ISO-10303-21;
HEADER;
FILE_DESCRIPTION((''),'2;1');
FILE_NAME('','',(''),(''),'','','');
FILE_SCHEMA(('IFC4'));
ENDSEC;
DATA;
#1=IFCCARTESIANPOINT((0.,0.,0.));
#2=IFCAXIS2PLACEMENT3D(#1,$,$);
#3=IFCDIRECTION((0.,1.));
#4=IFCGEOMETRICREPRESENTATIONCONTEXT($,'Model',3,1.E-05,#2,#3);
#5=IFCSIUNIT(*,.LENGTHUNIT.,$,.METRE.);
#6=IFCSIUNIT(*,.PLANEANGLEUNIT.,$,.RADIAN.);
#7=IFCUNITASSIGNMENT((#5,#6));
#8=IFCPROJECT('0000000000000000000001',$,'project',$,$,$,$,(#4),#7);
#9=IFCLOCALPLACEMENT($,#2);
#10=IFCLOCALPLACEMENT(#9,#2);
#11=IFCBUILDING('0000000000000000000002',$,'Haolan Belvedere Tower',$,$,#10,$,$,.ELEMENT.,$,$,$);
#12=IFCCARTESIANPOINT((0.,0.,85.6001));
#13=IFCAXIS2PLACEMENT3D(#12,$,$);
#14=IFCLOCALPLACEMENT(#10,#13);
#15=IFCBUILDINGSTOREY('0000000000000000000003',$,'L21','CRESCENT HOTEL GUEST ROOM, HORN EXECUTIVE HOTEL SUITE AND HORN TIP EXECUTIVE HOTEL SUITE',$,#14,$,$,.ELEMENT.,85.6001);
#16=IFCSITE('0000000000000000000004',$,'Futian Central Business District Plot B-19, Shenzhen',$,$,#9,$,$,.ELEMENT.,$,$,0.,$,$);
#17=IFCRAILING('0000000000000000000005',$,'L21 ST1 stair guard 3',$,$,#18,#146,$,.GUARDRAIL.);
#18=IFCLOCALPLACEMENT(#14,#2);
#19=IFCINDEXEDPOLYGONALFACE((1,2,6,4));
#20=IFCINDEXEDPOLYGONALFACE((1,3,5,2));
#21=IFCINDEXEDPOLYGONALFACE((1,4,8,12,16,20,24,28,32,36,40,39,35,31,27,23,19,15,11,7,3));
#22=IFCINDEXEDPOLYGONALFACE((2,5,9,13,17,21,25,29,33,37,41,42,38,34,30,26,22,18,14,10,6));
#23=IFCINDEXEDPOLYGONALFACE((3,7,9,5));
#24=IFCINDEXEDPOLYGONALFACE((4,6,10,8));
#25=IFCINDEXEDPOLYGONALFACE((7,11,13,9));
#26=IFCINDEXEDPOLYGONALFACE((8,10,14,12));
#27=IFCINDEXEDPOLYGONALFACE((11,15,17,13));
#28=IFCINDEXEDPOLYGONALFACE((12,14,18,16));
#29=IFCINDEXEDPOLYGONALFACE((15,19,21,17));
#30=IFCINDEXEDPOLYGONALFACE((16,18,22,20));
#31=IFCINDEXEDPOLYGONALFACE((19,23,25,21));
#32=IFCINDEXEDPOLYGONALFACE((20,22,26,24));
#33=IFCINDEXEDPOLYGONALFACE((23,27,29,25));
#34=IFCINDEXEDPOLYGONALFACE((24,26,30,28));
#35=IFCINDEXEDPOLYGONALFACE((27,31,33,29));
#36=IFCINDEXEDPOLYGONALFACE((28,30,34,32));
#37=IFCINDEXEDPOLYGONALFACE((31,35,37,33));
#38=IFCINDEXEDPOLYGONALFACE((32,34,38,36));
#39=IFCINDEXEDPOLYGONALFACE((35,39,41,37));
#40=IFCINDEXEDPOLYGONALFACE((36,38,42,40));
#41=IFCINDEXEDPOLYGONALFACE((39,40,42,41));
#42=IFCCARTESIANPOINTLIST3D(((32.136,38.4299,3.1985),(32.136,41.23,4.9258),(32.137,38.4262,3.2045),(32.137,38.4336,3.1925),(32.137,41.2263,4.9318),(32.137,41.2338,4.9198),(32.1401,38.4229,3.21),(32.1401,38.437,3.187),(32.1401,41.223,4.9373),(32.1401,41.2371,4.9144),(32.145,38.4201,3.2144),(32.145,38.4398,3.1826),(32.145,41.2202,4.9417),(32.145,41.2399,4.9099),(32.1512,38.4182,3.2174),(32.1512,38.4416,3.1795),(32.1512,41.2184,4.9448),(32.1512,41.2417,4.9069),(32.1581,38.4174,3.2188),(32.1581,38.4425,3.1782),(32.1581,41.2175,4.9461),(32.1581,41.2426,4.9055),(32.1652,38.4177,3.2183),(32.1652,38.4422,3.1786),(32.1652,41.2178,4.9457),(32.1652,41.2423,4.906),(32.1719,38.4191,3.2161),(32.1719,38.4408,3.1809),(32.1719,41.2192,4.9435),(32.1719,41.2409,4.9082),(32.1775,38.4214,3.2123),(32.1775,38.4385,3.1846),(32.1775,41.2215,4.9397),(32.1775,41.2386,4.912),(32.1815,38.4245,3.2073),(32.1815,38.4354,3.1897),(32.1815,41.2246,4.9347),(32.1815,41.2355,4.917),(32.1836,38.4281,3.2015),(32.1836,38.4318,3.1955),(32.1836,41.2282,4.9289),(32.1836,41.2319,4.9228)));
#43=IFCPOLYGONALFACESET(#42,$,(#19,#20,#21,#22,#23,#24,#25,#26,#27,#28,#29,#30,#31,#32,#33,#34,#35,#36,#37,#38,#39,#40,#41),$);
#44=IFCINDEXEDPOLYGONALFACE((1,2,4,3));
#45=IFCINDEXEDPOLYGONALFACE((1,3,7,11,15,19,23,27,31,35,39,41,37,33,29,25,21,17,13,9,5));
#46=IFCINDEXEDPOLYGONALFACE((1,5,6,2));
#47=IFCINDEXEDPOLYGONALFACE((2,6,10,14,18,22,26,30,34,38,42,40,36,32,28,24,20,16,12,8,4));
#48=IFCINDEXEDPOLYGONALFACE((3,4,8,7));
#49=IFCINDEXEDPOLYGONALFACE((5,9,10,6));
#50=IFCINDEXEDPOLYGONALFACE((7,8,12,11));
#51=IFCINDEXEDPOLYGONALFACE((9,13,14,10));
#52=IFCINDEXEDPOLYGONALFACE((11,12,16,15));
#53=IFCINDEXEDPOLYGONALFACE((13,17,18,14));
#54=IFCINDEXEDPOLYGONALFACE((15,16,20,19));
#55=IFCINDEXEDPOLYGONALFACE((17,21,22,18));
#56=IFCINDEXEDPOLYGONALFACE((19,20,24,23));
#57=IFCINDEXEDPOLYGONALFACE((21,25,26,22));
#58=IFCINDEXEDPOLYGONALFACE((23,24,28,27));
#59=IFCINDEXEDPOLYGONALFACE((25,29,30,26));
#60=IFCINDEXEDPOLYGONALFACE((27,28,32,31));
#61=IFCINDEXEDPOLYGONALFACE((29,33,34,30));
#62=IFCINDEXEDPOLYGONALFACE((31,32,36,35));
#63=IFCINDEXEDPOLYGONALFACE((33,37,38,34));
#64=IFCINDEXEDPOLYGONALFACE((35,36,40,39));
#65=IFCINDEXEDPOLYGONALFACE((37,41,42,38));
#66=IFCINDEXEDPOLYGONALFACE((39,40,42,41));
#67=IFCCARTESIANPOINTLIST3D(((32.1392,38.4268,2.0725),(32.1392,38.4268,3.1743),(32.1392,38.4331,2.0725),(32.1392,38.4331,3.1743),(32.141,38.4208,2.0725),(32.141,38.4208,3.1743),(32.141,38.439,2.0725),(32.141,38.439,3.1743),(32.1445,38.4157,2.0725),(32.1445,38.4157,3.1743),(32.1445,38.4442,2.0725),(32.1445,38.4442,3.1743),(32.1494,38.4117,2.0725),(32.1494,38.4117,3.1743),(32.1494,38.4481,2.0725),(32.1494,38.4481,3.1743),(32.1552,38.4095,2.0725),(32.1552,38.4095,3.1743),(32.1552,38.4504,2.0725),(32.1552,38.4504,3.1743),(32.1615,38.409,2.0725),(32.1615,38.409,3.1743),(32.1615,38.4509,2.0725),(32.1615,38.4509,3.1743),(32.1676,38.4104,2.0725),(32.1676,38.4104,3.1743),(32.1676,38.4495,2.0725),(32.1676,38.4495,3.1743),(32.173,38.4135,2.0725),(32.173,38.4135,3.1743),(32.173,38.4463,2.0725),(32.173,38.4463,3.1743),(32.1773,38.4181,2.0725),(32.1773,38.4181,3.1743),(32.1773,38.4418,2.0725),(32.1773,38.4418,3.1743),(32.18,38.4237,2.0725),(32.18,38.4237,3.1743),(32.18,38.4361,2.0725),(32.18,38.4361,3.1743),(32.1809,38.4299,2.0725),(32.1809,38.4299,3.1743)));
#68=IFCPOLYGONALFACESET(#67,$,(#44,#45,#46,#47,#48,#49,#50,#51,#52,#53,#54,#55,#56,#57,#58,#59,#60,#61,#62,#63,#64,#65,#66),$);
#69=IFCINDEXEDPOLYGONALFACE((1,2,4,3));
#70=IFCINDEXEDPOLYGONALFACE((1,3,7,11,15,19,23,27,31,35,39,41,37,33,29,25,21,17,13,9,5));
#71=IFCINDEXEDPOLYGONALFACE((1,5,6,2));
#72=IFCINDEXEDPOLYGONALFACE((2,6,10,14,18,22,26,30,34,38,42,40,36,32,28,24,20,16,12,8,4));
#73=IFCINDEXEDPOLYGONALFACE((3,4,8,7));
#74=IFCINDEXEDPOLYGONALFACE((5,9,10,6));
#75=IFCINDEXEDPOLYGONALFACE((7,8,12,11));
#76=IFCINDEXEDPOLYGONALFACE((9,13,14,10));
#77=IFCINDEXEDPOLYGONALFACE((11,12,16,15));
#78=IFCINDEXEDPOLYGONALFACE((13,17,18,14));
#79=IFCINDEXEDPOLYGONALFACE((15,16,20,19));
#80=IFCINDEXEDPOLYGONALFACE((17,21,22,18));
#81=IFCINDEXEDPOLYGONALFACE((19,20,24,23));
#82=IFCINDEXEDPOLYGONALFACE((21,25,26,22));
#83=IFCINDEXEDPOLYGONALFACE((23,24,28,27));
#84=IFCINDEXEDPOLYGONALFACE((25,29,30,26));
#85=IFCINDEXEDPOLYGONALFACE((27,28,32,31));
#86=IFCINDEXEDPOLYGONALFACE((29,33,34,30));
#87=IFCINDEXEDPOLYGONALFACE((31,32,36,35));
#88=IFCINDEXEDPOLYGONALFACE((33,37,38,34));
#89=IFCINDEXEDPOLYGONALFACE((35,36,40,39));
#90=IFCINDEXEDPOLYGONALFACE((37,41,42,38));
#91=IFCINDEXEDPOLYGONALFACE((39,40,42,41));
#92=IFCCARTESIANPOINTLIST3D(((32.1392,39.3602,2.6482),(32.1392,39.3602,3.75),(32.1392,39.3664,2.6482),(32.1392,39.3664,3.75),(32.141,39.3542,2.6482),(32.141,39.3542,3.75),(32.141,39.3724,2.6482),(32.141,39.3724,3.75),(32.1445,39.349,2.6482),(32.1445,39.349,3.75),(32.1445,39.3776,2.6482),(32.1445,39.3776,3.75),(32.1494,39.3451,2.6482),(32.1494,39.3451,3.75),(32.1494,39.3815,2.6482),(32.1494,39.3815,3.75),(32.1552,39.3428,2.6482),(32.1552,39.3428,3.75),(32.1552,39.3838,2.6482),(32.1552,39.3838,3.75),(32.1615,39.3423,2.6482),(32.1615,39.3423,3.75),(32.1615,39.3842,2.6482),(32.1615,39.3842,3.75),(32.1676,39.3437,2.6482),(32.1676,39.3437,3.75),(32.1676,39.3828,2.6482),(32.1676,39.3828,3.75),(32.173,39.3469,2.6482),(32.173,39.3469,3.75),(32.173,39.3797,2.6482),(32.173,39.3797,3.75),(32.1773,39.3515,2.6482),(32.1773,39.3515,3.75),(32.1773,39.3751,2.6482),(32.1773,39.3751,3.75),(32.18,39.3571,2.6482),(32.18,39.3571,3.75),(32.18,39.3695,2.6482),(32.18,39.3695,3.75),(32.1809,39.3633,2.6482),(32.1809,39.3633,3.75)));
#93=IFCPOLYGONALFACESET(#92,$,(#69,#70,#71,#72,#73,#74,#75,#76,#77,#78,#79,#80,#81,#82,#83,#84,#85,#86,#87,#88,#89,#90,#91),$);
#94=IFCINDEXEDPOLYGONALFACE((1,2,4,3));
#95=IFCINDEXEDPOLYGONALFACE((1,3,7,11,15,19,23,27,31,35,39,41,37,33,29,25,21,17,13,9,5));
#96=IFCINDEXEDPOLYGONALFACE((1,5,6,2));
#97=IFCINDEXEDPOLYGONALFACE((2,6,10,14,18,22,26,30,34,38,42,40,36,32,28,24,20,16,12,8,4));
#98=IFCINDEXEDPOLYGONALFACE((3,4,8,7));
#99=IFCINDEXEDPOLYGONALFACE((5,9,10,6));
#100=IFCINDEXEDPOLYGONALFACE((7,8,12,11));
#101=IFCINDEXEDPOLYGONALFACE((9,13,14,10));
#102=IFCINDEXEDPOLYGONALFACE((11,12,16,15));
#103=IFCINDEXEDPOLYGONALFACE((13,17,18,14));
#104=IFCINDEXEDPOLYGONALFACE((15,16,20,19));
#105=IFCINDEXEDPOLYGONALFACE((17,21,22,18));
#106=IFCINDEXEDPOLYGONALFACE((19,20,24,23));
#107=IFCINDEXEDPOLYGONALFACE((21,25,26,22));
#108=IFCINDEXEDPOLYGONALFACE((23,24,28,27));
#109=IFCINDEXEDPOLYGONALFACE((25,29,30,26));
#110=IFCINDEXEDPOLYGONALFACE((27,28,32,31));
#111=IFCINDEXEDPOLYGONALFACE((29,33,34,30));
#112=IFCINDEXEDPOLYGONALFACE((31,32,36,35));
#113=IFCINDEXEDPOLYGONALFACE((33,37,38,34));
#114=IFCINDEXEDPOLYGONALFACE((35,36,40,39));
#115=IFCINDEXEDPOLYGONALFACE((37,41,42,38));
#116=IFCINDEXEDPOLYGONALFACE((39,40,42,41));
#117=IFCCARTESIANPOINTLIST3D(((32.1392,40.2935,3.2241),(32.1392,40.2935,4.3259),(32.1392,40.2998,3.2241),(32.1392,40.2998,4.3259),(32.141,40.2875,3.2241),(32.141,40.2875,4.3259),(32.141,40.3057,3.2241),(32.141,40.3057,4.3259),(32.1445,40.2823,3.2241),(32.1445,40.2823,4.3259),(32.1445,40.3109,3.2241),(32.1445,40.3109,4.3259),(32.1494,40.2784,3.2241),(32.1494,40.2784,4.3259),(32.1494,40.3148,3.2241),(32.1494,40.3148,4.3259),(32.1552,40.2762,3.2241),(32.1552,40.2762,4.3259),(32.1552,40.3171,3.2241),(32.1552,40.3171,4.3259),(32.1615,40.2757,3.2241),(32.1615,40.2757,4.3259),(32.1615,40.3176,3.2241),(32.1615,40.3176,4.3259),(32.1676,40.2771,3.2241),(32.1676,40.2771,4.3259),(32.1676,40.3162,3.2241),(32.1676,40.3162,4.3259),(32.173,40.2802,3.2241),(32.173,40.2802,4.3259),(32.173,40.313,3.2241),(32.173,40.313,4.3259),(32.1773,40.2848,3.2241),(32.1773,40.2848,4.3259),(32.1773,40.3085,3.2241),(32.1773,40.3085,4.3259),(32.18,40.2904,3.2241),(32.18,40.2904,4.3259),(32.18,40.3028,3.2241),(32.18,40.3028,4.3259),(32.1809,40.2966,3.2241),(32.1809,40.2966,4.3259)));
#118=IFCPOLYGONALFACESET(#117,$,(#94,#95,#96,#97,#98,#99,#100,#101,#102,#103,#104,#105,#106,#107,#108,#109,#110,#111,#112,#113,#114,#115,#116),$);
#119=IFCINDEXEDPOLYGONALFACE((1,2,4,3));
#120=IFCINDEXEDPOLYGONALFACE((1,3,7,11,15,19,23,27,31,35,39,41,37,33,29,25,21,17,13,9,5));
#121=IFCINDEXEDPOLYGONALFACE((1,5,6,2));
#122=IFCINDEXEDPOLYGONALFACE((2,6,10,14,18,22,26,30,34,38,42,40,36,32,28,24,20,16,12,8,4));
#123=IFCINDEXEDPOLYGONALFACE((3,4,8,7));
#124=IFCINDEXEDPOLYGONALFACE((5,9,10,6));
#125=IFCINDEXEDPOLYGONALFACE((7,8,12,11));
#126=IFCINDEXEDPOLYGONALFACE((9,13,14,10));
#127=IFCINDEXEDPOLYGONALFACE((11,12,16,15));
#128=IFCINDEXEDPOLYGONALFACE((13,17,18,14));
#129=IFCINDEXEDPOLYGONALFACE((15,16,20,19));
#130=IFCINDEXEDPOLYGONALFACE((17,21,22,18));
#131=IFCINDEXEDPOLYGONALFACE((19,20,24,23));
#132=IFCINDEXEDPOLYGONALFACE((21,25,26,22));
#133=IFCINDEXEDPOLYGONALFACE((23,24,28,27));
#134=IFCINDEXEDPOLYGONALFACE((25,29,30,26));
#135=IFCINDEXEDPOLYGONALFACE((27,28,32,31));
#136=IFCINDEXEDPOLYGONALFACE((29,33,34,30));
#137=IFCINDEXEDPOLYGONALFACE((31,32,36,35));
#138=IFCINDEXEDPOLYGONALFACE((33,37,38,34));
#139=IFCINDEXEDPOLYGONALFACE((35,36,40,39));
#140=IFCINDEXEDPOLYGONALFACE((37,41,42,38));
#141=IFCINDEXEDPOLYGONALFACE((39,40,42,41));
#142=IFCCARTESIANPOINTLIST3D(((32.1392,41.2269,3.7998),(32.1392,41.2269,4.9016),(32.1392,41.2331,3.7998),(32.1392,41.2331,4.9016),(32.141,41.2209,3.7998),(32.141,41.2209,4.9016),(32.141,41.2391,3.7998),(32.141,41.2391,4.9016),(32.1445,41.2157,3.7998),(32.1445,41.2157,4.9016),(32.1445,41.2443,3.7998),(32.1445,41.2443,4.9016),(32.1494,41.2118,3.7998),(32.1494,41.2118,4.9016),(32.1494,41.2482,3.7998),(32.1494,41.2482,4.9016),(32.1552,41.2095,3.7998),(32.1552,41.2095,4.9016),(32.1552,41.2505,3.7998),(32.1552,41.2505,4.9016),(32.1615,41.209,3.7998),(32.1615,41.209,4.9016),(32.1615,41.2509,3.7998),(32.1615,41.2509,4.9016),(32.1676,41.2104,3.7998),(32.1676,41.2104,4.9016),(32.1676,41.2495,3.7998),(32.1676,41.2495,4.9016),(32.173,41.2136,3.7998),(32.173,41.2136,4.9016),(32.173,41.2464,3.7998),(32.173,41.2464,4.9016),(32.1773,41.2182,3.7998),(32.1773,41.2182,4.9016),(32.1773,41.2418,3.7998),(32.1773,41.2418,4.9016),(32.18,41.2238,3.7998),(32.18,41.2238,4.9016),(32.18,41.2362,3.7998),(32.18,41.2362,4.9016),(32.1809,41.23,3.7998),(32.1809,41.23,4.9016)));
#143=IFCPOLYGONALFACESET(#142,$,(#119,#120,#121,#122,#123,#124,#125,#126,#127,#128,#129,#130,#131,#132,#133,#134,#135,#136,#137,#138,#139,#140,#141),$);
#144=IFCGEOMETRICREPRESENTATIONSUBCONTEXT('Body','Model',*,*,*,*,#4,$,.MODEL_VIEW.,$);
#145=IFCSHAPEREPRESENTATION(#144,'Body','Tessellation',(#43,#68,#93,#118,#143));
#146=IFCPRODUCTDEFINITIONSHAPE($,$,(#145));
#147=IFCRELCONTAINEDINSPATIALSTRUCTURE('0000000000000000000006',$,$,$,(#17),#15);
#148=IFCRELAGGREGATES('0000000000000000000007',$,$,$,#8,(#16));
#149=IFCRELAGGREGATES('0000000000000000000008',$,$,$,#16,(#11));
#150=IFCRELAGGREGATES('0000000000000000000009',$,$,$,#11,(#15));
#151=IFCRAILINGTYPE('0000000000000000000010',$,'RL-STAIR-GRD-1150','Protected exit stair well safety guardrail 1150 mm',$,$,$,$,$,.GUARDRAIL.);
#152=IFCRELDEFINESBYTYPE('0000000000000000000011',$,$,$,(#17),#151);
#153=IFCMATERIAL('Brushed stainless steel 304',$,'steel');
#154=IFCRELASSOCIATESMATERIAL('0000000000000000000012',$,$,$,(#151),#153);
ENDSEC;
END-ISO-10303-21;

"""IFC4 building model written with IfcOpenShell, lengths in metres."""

from ifc_helpers import new_model, si_unit, direction, frame, origin, origin_2d, place, context, subcontext, project, spatial, circle, extrude, material, type_object, element, save


model = new_model("IFC4")

# Units and contexts
model_context = context("Model", 3, precision=1e-05, world=origin(), true_north=direction((0.0, 1.0)))
body_context = subcontext(model_context, "Body", "Model", "MODEL_VIEW")
ifc_project = project(units=[si_unit("LENGTHUNIT", "METRE"), si_unit("PLANEANGLEUNIT", "RADIAN")], contexts=[model_context])

# Site, building, storey
site_placement = place(None, origin())
site = spatial("IfcSite", under=ifc_project, at=site_placement, Name="Futian Central Business District Plot B-19, Shenzhen", CompositionType="ELEMENT", RefElevation=0.0)
building_placement = place(site_placement, origin())
building = spatial("IfcBuilding", under=site, at=building_placement, Name="Haolan Belvedere Tower", CompositionType="ELEMENT")
storey_placement = place(building_placement, frame((0.0, 0.0, 85.6001)))
storey = spatial("IfcBuildingStorey", under=building, at=storey_placement, Name="L21", Description="CRESCENT HOTEL GUEST ROOM, HORN EXECUTIVE HOTEL SUITE AND HORN TIP EXECUTIVE HOTEL SUITE", CompositionType="ELEMENT", Elevation=85.6001)

# Railing
ifc_material_1 = material(Name="Brushed stainless steel 304", Category="steel")
railing_type_1 = type_object("IfcRailingType", Name="RL-STAIR-GRD-1150", Description="Protected exit stair well safety guardrail 1150 mm", PredefinedType="GUARDRAIL", material=ifc_material_1)
railing_1_placement = place(storey_placement, frame((32.1599, 38.4299, 2.0725)))
element("IfcRailing", 1, at=railing_1_placement, inside=storey, type_object=railing_type_1, Name="L21 ST1 stair guard 3", PredefinedType="GUARDRAIL", context=body_context, shape_type="SweptSolid", body=[
    extrude(circle(Radius=0.0239, at=origin_2d()), frame((0.0, 0.0, 1.126), z_axis=(0.0, 0.85109, 0.52502), x_axis=(-1.0, 0.0, 0.0)), (0.0, 0.0, 1.0), 3.29),
    extrude(circle(Radius=0.021, at=origin_2d()), origin(), (0.0, 0.0, 1.0), 1.1018),
    extrude(circle(Radius=0.021, at=origin_2d()), frame((0.0, 0.9333, 0.5757)), (0.0, 0.0, 1.0), 1.1018),
    extrude(circle(Radius=0.021, at=origin_2d()), frame((0.0, 1.8667, 1.1516)), (0.0, 0.0, 1.0), 1.1018),
    extrude(circle(Radius=0.021, at=origin_2d()), frame((0.0, 2.8, 1.7273)), (0.0, 0.0, 1.0), 1.1018),
])

save(model, "model.ifc")
